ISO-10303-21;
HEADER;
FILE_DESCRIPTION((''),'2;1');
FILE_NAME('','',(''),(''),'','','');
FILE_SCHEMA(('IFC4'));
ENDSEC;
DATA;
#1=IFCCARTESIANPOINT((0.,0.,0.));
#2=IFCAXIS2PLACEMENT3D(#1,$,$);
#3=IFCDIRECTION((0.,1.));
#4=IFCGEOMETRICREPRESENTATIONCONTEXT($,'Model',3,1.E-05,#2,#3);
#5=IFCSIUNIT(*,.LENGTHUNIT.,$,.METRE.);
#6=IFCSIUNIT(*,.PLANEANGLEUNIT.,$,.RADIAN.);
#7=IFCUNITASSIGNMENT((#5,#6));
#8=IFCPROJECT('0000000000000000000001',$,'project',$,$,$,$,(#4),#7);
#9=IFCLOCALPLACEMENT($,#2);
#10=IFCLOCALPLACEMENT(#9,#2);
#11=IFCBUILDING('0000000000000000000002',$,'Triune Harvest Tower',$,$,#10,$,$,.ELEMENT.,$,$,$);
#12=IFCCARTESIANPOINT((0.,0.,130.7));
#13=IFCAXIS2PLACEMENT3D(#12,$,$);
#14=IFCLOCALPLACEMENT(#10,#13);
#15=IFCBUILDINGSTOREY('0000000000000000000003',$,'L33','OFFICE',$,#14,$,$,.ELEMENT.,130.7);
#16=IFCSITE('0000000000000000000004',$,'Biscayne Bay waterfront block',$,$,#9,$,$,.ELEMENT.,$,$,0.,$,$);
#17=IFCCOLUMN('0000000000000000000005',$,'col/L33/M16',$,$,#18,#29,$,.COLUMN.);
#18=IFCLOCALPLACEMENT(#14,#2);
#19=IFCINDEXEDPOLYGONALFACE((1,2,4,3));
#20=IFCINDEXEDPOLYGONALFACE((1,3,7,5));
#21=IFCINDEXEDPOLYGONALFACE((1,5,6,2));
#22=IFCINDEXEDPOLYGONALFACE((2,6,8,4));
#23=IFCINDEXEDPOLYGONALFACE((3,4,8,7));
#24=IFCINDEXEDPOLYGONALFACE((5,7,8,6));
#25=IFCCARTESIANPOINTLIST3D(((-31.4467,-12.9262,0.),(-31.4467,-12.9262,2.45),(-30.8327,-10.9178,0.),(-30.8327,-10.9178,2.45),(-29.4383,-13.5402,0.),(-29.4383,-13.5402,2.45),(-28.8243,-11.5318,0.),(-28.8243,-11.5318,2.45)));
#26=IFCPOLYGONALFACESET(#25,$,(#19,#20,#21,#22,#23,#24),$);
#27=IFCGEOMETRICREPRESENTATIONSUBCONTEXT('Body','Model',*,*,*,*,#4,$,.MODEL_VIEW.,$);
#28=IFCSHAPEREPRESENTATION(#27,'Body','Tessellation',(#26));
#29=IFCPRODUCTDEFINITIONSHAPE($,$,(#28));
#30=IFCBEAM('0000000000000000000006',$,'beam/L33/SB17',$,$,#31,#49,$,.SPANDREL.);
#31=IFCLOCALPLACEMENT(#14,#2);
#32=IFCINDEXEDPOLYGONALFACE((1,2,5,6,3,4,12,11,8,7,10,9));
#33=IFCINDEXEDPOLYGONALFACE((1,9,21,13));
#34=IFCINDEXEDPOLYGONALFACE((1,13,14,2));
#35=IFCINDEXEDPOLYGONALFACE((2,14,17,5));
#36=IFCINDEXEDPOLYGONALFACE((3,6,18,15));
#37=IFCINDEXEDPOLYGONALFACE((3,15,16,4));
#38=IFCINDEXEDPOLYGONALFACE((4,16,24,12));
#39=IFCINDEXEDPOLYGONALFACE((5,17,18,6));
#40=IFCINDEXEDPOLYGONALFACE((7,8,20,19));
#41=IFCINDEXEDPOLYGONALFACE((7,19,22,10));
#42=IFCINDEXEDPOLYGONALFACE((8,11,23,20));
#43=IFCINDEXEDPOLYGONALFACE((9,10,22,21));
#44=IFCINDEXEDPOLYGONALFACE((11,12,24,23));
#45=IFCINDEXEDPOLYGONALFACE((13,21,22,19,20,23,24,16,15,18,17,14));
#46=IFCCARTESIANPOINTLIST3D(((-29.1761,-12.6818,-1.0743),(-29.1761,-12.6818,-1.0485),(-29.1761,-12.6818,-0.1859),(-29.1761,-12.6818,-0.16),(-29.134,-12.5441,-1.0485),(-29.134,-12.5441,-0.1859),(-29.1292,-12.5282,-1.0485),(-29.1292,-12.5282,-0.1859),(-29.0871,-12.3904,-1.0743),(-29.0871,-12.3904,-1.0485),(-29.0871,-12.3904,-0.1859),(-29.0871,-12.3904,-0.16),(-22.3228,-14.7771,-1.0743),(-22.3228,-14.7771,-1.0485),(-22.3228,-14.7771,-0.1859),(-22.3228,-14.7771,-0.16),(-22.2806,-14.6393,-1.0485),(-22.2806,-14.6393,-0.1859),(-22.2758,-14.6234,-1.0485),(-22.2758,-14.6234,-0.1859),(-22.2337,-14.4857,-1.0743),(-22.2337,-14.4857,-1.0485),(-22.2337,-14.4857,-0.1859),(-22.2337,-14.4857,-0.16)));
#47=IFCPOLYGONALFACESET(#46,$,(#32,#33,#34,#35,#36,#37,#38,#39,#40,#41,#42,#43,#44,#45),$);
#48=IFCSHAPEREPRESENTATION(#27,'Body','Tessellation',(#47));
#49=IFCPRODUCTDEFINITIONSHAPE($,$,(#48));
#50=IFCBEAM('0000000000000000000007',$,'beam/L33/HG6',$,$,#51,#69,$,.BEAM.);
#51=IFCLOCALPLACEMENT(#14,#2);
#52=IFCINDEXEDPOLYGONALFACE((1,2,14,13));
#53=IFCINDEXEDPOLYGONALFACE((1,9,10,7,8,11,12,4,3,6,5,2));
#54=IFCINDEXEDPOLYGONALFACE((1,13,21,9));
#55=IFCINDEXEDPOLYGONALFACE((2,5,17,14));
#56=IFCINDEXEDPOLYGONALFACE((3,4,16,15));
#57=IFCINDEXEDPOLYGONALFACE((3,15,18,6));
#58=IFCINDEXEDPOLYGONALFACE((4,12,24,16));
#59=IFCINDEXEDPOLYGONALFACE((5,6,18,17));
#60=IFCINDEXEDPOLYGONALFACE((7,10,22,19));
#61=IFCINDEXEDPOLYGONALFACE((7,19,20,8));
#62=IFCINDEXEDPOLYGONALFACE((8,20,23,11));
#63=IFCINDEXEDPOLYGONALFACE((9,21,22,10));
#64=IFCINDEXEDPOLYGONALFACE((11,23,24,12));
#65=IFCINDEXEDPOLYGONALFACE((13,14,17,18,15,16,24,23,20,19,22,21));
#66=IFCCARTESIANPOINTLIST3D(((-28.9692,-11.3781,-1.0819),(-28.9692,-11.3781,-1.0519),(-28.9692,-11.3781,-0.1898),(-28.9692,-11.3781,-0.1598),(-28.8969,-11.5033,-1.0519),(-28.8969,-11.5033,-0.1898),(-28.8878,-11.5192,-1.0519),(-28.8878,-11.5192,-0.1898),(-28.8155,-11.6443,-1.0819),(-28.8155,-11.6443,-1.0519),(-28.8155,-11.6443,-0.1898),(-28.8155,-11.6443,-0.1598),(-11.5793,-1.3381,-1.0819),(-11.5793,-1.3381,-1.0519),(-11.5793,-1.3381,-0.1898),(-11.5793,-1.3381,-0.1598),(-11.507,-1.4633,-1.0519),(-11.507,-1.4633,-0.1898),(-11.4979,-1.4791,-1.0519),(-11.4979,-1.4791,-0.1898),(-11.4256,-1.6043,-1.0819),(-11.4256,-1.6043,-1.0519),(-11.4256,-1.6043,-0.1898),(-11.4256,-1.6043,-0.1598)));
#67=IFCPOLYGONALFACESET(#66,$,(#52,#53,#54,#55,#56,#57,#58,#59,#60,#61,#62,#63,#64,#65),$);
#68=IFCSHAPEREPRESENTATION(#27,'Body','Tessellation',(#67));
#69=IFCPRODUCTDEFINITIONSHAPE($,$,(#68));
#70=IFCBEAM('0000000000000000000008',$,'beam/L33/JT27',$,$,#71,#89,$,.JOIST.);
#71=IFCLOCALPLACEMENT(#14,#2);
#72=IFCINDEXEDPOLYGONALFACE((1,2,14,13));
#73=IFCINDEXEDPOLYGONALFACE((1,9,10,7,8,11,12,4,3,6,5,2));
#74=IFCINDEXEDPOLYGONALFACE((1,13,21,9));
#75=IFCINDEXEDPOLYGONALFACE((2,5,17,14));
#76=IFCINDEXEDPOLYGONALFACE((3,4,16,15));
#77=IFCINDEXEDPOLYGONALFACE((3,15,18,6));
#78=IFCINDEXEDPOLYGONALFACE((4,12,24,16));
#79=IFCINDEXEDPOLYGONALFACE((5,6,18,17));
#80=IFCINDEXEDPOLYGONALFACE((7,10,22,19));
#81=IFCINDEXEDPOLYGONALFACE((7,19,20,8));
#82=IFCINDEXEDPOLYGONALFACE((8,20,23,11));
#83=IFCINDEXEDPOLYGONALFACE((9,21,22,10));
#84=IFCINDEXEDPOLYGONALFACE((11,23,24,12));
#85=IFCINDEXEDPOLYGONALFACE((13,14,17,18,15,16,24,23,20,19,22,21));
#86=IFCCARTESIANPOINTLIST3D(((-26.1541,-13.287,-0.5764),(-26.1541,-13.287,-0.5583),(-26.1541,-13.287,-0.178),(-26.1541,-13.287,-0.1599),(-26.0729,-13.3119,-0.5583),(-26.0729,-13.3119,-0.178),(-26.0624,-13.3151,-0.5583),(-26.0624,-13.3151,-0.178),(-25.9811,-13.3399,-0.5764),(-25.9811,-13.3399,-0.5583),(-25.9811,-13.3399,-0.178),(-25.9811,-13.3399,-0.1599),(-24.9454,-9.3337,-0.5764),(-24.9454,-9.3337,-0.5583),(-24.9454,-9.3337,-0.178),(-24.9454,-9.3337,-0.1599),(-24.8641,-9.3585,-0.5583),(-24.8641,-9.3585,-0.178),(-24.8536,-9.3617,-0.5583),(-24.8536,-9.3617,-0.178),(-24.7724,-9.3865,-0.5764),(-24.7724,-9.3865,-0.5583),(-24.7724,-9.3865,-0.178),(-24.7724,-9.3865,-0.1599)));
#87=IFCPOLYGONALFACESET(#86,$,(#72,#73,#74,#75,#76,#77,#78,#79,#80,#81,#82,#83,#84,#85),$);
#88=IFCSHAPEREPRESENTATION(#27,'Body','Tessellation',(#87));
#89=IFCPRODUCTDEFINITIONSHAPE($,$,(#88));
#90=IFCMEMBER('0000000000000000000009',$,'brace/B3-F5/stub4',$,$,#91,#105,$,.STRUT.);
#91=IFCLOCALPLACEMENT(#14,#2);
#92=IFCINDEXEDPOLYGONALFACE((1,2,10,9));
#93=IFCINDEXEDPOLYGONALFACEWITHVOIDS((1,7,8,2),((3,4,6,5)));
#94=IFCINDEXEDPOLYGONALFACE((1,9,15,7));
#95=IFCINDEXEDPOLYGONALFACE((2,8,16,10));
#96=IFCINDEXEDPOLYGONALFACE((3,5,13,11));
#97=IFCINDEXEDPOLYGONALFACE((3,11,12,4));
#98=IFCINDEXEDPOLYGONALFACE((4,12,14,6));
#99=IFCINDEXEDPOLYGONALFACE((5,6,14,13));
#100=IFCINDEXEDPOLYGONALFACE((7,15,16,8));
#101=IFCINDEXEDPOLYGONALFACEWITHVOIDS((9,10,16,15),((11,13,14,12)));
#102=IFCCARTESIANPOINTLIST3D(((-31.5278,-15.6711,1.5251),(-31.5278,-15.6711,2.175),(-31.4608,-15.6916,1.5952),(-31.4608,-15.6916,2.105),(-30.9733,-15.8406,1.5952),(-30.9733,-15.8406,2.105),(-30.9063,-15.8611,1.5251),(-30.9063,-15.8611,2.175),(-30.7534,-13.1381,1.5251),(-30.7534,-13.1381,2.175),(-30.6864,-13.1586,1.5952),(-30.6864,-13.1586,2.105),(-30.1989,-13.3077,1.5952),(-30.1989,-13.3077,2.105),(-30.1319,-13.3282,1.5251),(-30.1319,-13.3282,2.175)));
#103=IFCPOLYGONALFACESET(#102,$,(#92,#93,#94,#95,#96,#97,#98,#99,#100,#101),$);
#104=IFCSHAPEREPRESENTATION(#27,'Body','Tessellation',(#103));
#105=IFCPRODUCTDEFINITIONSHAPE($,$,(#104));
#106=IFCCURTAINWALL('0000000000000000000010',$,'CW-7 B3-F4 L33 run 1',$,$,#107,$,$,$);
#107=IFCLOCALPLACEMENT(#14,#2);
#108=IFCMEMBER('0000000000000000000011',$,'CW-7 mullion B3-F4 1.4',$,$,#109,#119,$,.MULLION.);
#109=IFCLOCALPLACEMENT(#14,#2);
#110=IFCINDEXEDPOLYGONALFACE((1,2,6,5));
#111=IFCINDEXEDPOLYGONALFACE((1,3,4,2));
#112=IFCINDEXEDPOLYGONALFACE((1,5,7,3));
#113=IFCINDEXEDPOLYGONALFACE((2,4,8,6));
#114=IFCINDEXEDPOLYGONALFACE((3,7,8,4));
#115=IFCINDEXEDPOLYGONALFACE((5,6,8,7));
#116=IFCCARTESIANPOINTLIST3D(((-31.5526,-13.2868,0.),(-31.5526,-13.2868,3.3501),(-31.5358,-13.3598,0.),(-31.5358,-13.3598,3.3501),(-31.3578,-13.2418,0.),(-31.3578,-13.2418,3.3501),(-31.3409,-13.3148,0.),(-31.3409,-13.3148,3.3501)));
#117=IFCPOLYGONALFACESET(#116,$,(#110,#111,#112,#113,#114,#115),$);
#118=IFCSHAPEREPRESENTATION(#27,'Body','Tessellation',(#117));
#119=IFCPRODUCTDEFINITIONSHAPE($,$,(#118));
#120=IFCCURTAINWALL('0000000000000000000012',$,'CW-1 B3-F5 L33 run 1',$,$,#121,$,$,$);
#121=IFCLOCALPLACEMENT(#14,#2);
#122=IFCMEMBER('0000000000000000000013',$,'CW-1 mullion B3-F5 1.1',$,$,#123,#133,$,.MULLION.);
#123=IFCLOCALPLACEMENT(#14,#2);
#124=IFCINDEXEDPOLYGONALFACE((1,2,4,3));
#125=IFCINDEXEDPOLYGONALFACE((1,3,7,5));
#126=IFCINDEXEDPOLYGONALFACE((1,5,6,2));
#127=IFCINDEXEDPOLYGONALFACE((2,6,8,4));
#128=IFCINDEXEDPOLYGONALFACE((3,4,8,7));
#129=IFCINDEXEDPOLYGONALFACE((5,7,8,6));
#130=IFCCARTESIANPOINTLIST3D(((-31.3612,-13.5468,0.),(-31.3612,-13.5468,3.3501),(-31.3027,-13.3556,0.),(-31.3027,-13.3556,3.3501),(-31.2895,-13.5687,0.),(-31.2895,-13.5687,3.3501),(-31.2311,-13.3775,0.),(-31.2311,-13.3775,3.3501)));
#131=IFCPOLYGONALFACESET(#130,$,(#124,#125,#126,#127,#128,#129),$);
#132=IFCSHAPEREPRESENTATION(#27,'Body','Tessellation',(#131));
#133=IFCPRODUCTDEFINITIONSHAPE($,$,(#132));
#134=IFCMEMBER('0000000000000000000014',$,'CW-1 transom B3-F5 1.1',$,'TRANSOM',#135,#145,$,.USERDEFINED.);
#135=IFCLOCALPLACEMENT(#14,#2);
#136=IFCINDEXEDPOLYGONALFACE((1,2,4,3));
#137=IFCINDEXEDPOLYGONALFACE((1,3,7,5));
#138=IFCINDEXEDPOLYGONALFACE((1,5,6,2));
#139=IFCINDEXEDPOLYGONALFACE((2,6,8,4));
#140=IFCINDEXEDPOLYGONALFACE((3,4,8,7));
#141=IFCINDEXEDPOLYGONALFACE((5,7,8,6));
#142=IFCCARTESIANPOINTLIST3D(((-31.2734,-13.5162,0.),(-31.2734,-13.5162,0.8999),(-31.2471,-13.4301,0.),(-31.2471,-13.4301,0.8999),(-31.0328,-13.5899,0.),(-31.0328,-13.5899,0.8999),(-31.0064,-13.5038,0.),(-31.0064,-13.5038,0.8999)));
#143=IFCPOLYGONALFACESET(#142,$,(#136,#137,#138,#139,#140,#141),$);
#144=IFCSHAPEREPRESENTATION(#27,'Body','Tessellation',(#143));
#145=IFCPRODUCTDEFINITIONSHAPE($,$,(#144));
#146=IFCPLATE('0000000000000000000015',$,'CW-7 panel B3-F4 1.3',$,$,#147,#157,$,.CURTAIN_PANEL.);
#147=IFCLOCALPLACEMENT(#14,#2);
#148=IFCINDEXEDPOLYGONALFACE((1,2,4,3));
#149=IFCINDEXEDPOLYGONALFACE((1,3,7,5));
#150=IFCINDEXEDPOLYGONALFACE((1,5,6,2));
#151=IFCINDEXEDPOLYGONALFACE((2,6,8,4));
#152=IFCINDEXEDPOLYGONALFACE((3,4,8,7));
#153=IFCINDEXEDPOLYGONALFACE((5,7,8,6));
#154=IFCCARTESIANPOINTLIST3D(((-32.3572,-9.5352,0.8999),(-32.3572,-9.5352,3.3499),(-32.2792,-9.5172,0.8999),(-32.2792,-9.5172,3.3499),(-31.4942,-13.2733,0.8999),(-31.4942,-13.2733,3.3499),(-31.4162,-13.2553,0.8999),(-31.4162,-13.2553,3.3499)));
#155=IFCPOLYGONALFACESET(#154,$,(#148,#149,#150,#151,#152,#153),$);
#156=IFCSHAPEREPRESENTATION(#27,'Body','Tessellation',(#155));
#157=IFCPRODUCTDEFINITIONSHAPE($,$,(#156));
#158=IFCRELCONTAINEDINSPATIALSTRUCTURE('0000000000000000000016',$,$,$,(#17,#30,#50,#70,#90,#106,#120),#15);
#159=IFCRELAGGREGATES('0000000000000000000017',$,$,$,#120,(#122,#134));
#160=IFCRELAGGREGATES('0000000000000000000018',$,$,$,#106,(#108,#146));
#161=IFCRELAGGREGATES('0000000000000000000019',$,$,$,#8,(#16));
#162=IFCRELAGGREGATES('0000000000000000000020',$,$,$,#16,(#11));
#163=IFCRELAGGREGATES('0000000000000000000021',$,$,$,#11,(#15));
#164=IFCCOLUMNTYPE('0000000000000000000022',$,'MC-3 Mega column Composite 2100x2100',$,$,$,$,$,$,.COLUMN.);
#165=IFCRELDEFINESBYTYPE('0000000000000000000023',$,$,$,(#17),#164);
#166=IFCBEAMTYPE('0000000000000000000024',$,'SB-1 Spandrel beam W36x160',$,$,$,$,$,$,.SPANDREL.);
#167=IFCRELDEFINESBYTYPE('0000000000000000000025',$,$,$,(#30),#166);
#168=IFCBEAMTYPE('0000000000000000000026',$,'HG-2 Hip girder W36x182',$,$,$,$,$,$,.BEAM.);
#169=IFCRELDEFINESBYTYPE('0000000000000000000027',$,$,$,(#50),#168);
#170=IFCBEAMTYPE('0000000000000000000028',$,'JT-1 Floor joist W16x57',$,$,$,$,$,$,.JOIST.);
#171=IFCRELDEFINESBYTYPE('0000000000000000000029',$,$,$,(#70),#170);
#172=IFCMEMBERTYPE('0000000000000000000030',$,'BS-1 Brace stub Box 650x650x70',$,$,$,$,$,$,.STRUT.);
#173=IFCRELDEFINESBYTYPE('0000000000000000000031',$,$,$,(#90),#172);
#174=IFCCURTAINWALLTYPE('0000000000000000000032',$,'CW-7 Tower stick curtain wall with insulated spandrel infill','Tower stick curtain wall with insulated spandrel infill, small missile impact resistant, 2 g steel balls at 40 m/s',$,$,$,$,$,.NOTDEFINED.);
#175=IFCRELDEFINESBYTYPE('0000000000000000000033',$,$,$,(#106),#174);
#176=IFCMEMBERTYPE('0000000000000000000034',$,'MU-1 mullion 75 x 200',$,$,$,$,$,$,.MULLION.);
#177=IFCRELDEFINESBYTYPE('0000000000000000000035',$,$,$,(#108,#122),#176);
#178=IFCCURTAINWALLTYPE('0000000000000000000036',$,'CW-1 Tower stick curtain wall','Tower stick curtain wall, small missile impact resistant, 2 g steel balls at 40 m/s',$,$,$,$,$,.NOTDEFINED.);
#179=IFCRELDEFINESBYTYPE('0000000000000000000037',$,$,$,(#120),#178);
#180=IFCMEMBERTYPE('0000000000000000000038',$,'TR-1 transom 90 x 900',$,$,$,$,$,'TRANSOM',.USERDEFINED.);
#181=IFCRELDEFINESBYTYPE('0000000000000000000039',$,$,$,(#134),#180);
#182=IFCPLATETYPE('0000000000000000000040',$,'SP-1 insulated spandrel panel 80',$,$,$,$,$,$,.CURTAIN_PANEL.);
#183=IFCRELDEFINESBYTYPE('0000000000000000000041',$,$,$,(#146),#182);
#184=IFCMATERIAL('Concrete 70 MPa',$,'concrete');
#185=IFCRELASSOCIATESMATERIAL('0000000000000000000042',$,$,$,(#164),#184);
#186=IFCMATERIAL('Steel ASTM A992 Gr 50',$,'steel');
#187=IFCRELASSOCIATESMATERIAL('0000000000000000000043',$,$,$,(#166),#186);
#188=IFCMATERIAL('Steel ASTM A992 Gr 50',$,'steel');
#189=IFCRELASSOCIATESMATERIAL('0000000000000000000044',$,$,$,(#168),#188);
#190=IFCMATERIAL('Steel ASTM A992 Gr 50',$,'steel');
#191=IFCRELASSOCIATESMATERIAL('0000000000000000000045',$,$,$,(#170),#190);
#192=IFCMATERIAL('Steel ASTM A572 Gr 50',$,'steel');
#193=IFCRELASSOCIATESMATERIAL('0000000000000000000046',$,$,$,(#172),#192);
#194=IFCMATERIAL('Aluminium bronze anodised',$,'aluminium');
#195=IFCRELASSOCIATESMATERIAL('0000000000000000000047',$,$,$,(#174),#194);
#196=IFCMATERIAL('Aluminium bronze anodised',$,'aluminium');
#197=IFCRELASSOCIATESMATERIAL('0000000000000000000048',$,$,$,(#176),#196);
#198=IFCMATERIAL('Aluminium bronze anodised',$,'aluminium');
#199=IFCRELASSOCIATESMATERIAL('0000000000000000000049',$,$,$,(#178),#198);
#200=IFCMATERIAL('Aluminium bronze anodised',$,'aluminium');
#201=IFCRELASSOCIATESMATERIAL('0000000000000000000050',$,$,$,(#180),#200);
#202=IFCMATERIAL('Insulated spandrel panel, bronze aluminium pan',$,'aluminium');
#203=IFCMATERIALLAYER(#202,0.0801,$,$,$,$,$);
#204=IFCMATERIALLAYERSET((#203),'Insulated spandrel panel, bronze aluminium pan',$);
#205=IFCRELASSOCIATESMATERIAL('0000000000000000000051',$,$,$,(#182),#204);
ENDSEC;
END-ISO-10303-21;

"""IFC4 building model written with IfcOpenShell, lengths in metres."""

from ifc_helpers import new_model, si_unit, direction, frame, origin, origin_2d, place, context, subcontext, project, spatial, rectangle, hollow_rectangle, i_section, extrude, source, transform, mapped, material, layer, layer_set, material_profile, profile_set, type_object, element, aggregate, save


model = new_model("IFC4")

# Units and contexts
model_context = context("Model", 3, precision=1e-05, world=origin(), true_north=direction((0.0, 1.0)))
body_context = subcontext(model_context, "Body", "Model", "MODEL_VIEW")
ifc_project = project(units=[si_unit("LENGTHUNIT", "METRE"), si_unit("PLANEANGLEUNIT", "RADIAN")], contexts=[model_context])

# Site, building, storey
site_placement = place(None, origin())
site = spatial("IfcSite", under=ifc_project, at=site_placement, Name="Biscayne Bay waterfront block", CompositionType="ELEMENT", RefElevation=0.0)
building_placement = place(site_placement, origin())
building = spatial("IfcBuilding", under=site, at=building_placement, Name="Triune Harvest Tower", CompositionType="ELEMENT")
storey_placement = place(building_placement, frame((0.0, 0.0, 130.7)))
storey = spatial("IfcBuildingStorey", under=building, at=storey_placement, Name="L33", Description="OFFICE", CompositionType="ELEMENT", Elevation=130.7)

# Column
ifc_material_1 = material(Name="Concrete 70 MPa", Category="concrete")
ifc_material_profile_1 = material_profile(ifc_material_1, rectangle(XDim=2.1001, YDim=2.1001, at=origin_2d()), Name="Composite 2100x2100")
ifc_profile_set_1 = profile_set([ifc_material_profile_1], Name="Concrete 70 MPa")
column_type = type_object("IfcColumnType", Name="MC-3 Mega column Composite 2100x2100", PredefinedType="COLUMN", material=ifc_profile_set_1)
shared_shape_1 = source(origin(), body_context, "Body", "SweptSolid", [
    extrude(rectangle(XDim=2.1001, YDim=2.1001, at=origin_2d()), origin(), (0.0, 0.0, 1.0), 2.45),
])
column_placement = place(storey_placement, frame((-30.1355, -12.229, 0.0), z_axis=(0.0, 0.0, 1.0), x_axis=(0.956305, -0.292372, 0.0)))
element("IfcColumn", 1, at=column_placement, inside=storey, type_object=column_type, Name="col/L33/M16", PredefinedType="COLUMN", context=body_context, shape_type="MappedRepresentation", body=[
    mapped(shared_shape_1, transform((0.0, 0.0, 0.0), scale=1.0)),
])

# Beams
ifc_material_2 = material(Name="Steel ASTM A992 Gr 50", Category="steel")
ifc_material_profile_2 = material_profile(ifc_material_2, i_section(OverallWidth=0.3047, OverallDepth=0.9143, WebThickness=0.0166, FlangeThickness=0.0259, at=origin_2d()), Name="W36x160")
ifc_profile_set_2 = profile_set([ifc_material_profile_2], Name="Steel ASTM A992 Gr 50")
beam_type_1 = type_object("IfcBeamType", Name="SB-1 Spandrel beam W36x160", PredefinedType="SPANDREL", material=ifc_profile_set_2)
shared_shape_2 = source(origin(), body_context, "Body", "SweptSolid", [
    extrude(i_section(OverallWidth=0.3047, OverallDepth=0.9143, WebThickness=0.0166, FlangeThickness=0.0259, at=origin_2d()), origin(), (0.0, 0.0, 1.0), 7.1665),
])
beam_1_placement = place(storey_placement, frame((-29.1316, -12.5361, -0.6172), z_axis=(0.956306, -0.292367, 0.0), x_axis=(0.292367, 0.956306, 0.0)))
element("IfcBeam", 2, at=beam_1_placement, inside=storey, type_object=beam_type_1, Name="beam/L33/SB17", PredefinedType="SPANDREL", context=body_context, shape_type="MappedRepresentation", body=[
    mapped(shared_shape_2, transform((0.0, 0.0, 0.0), scale=1.0)),
])
ifc_material_3 = material(Name="Steel ASTM A992 Gr 50", Category="steel")
ifc_material_profile_3 = material_profile(ifc_material_3, i_section(OverallWidth=0.3074, OverallDepth=0.9221, WebThickness=0.0183, FlangeThickness=0.03, at=origin_2d()), Name="W36x182")
ifc_profile_set_3 = profile_set([ifc_material_profile_3], Name="Steel ASTM A992 Gr 50")
beam_type_2 = type_object("IfcBeamType", Name="HG-2 Hip girder W36x182", PredefinedType="BEAM", material=ifc_profile_set_3)
shared_shape_3 = source(origin(), body_context, "Body", "SweptSolid", [
    extrude(i_section(OverallWidth=0.3074, OverallDepth=0.9221, WebThickness=0.0183, FlangeThickness=0.03, at=origin_2d()), origin(), (0.0, 0.0, 1.0), 20.0801),
])
beam_2_placement = place(storey_placement, frame((-28.8923, -11.5112, -0.6208), z_axis=(0.866026, 0.499999, 0.0), x_axis=(-0.499999, 0.866026, 0.0)))
element("IfcBeam", 3, at=beam_2_placement, inside=storey, type_object=beam_type_2, Name="beam/L33/HG6", PredefinedType="BEAM", context=body_context, shape_type="MappedRepresentation", body=[
    mapped(shared_shape_3, transform((0.0, 0.0, 0.0), scale=1.0)),
])
ifc_material_4 = material(Name="Steel ASTM A992 Gr 50", Category="steel")
ifc_material_profile_4 = material_profile(ifc_material_4, i_section(OverallWidth=0.1809, OverallDepth=0.4165, WebThickness=0.011, FlangeThickness=0.0181, at=origin_2d()), Name="W16x57")
ifc_profile_set_4 = profile_set([ifc_material_profile_4], Name="Steel ASTM A992 Gr 50")
beam_type_3 = type_object("IfcBeamType", Name="JT-1 Floor joist W16x57", PredefinedType="JOIST", material=ifc_profile_set_4)
shared_shape_4 = source(origin(), body_context, "Body", "SweptSolid", [
    extrude(i_section(OverallWidth=0.1809, OverallDepth=0.4165, WebThickness=0.011, FlangeThickness=0.0181, at=origin_2d()), origin(), (0.0, 0.0, 1.0), 4.134),
])
beam_3_placement = place(storey_placement, frame((-26.0676, -13.3135, -0.3682), z_axis=(0.292388, 0.9563, 0.0), x_axis=(-0.9563, 0.292388, 0.0)))
element("IfcBeam", 4, at=beam_3_placement, inside=storey, type_object=beam_type_3, Name="beam/L33/JT27", PredefinedType="JOIST", context=body_context, shape_type="MappedRepresentation", body=[
    mapped(shared_shape_4, transform((0.0, 0.0, 0.0), scale=1.0)),
])

# Member
ifc_material_5 = material(Name="Steel ASTM A572 Gr 50", Category="steel")
ifc_material_profile_5 = material_profile(ifc_material_5, hollow_rectangle(XDim=0.6499, YDim=0.6499, WallThickness=0.0701, at=origin_2d()), Name="Box 650x650x70")
ifc_profile_set_5 = profile_set([ifc_material_profile_5], Name="Steel ASTM A572 Gr 50")
member_type_1 = type_object("IfcMemberType", Name="BS-1 Brace stub Box 650x650x70", PredefinedType="STRUT", material=ifc_profile_set_5)
shared_shape_5 = source(origin(), body_context, "Body", "SweptSolid", [
    extrude(hollow_rectangle(XDim=0.6499, YDim=0.6499, WallThickness=0.0701, at=origin_2d()), origin(), (0.0, 0.0, 1.0), 2.6487),
])
member_1_placement = place(storey_placement, frame((-30.4426, -13.2332, 1.8501), z_axis=(-0.292375, -0.956304, 0.0), x_axis=(0.956304, -0.292375, 0.0)))
element("IfcMember", 5, at=member_1_placement, inside=storey, type_object=member_type_1, Name="brace/B3-F5/stub4", PredefinedType="STRUT", context=body_context, shape_type="MappedRepresentation", body=[
    mapped(shared_shape_5, transform((0.0, 0.0, 0.0), scale=1.0)),
])

# Curtain wall, member
ifc_material_6 = material(Name="Aluminium bronze anodised", Category="aluminium")
curtain_wall_type_1 = type_object("IfcCurtainWallType", Name="CW-7 Tower stick curtain wall with insulated spandrel infill", Description="Tower stick curtain wall with insulated spandrel infill, small missile impact resistant, 2 g steel balls at 40 m/s", PredefinedType="NOTDEFINED", material=ifc_material_6)
curtain_wall_1_placement = place(storey_placement, origin())
curtain_wall_1 = element("IfcCurtainWall", 6, at=curtain_wall_1_placement, inside=storey, type_object=curtain_wall_type_1, Name="CW-7 B3-F4 L33 run 1")
ifc_material_7 = material(Name="Aluminium bronze anodised", Category="aluminium")
ifc_material_profile_6 = material_profile(ifc_material_7, rectangle(XDim=0.2, YDim=0.075, at=origin_2d()), Name="MU-1 mullion 75 x 200")
ifc_profile_set_6 = profile_set([ifc_material_profile_6], Name="Aluminium bronze anodised")
member_type_2 = type_object("IfcMemberType", Name="MU-1 mullion 75 x 200", PredefinedType="MULLION", material=ifc_profile_set_6)
shared_shape_6 = source(origin(), body_context, "Body", "SweptSolid", [
    extrude(rectangle(XDim=0.2, YDim=0.075, at=origin_2d()), origin(), (0.0, 0.0, 1.0), 3.3501),
])
member_2_placement = place(storey_placement, frame((-31.4468, -13.3008, 0.0), z_axis=(0.0, 0.0, 1.0), x_axis=(0.974371, 0.224947, 0.0)))
member_2 = element("IfcMember", 7, at=member_2_placement, type_object=member_type_2, Name="CW-7 mullion B3-F4 1.4", PredefinedType="MULLION", context=body_context, shape_type="MappedRepresentation", body=[
    mapped(shared_shape_6, transform((0.0, 0.0, 0.0), scale=1.0)),
])

# Curtain wall, members
ifc_material_8 = material(Name="Aluminium bronze anodised", Category="aluminium")
curtain_wall_type_2 = type_object("IfcCurtainWallType", Name="CW-1 Tower stick curtain wall", Description="Tower stick curtain wall, small missile impact resistant, 2 g steel balls at 40 m/s", PredefinedType="NOTDEFINED", material=ifc_material_8)
curtain_wall_2_placement = place(storey_placement, origin())
curtain_wall_2 = element("IfcCurtainWall", 8, at=curtain_wall_2_placement, inside=storey, type_object=curtain_wall_type_2, Name="CW-1 B3-F5 L33 run 1")
member_3_placement = place(storey_placement, frame((-31.2961, -13.4622, 0.0), z_axis=(0.0, 0.0, 1.0), x_axis=(0.292459, 0.956278, 0.0)))
member_3 = element("IfcMember", 9, at=member_3_placement, type_object=member_type_2, Name="CW-1 mullion B3-F5 1.1", PredefinedType="MULLION", context=body_context, shape_type="MappedRepresentation", body=[
    mapped(shared_shape_6, transform((0.0, 0.0, 0.0), scale=1.0)),
])
ifc_material_9 = material(Name="Aluminium bronze anodised", Category="aluminium")
ifc_material_profile_7 = material_profile(ifc_material_9, rectangle(XDim=0.0901, YDim=0.8999, at=origin_2d()), Name="TR-1 transom 90 x 900")
ifc_profile_set_7 = profile_set([ifc_material_profile_7], Name="Aluminium bronze anodised")
member_type_3 = type_object("IfcMemberType", Name="TR-1 transom 90 x 900", ElementType="TRANSOM", PredefinedType="USERDEFINED", material=ifc_profile_set_7)
shared_shape_7 = source(origin(), body_context, "Body", "SweptSolid", [
    extrude(rectangle(XDim=0.0901, YDim=0.8999, at=origin_2d()), origin(), (0.0, 0.0, 1.0), 0.2517),
])
member_4_placement = place(storey_placement, frame((-31.2603, -13.4731, 0.45), z_axis=(0.956156, -0.292859, 0.0), x_axis=(0.292859, 0.956156, 0.0)))
member_4 = element("IfcMember", 10, at=member_4_placement, type_object=member_type_3, Name="CW-1 transom B3-F5 1.1", ObjectType="TRANSOM", PredefinedType="USERDEFINED", context=body_context, shape_type="MappedRepresentation", body=[
    mapped(shared_shape_7, transform((0.0, 0.0, 0.0), scale=1.0)),
])
aggregate(curtain_wall_2, [member_3, member_4])

# Plate
ifc_material_10 = material(Name="Insulated spandrel panel, bronze aluminium pan", Category="aluminium")
ifc_layer_1 = layer(ifc_material_10, 0.0801)
ifc_layer_set_1 = layer_set([ifc_layer_1], Name="Insulated spandrel panel, bronze aluminium pan")
plate_type = type_object("IfcPlateType", Name="SP-1 insulated spandrel panel 80", PredefinedType="CURTAIN_PANEL", material=ifc_layer_set_1)
shared_shape_8 = source(origin(), body_context, "Body", "SweptSolid", [
    extrude(rectangle(XDim=3.8364, YDim=0.0801, at=origin_2d()), origin(), (0.0, 0.0, 1.0), 2.45),
])
plate_placement = place(storey_placement, frame((-31.8867, -11.3953, 0.8999), z_axis=(0.0, 0.0, 1.0), x_axis=(0.224947, -0.974371, 0.0)))
plate = element("IfcPlate", 11, at=plate_placement, type_object=plate_type, Name="CW-7 panel B3-F4 1.3", PredefinedType="CURTAIN_PANEL", context=body_context, shape_type="MappedRepresentation", body=[
    mapped(shared_shape_8, transform((0.0, 0.0, 0.0), scale=1.0)),
])
aggregate(curtain_wall_1, [member_2, plate])

save(model, "model.ifc")
